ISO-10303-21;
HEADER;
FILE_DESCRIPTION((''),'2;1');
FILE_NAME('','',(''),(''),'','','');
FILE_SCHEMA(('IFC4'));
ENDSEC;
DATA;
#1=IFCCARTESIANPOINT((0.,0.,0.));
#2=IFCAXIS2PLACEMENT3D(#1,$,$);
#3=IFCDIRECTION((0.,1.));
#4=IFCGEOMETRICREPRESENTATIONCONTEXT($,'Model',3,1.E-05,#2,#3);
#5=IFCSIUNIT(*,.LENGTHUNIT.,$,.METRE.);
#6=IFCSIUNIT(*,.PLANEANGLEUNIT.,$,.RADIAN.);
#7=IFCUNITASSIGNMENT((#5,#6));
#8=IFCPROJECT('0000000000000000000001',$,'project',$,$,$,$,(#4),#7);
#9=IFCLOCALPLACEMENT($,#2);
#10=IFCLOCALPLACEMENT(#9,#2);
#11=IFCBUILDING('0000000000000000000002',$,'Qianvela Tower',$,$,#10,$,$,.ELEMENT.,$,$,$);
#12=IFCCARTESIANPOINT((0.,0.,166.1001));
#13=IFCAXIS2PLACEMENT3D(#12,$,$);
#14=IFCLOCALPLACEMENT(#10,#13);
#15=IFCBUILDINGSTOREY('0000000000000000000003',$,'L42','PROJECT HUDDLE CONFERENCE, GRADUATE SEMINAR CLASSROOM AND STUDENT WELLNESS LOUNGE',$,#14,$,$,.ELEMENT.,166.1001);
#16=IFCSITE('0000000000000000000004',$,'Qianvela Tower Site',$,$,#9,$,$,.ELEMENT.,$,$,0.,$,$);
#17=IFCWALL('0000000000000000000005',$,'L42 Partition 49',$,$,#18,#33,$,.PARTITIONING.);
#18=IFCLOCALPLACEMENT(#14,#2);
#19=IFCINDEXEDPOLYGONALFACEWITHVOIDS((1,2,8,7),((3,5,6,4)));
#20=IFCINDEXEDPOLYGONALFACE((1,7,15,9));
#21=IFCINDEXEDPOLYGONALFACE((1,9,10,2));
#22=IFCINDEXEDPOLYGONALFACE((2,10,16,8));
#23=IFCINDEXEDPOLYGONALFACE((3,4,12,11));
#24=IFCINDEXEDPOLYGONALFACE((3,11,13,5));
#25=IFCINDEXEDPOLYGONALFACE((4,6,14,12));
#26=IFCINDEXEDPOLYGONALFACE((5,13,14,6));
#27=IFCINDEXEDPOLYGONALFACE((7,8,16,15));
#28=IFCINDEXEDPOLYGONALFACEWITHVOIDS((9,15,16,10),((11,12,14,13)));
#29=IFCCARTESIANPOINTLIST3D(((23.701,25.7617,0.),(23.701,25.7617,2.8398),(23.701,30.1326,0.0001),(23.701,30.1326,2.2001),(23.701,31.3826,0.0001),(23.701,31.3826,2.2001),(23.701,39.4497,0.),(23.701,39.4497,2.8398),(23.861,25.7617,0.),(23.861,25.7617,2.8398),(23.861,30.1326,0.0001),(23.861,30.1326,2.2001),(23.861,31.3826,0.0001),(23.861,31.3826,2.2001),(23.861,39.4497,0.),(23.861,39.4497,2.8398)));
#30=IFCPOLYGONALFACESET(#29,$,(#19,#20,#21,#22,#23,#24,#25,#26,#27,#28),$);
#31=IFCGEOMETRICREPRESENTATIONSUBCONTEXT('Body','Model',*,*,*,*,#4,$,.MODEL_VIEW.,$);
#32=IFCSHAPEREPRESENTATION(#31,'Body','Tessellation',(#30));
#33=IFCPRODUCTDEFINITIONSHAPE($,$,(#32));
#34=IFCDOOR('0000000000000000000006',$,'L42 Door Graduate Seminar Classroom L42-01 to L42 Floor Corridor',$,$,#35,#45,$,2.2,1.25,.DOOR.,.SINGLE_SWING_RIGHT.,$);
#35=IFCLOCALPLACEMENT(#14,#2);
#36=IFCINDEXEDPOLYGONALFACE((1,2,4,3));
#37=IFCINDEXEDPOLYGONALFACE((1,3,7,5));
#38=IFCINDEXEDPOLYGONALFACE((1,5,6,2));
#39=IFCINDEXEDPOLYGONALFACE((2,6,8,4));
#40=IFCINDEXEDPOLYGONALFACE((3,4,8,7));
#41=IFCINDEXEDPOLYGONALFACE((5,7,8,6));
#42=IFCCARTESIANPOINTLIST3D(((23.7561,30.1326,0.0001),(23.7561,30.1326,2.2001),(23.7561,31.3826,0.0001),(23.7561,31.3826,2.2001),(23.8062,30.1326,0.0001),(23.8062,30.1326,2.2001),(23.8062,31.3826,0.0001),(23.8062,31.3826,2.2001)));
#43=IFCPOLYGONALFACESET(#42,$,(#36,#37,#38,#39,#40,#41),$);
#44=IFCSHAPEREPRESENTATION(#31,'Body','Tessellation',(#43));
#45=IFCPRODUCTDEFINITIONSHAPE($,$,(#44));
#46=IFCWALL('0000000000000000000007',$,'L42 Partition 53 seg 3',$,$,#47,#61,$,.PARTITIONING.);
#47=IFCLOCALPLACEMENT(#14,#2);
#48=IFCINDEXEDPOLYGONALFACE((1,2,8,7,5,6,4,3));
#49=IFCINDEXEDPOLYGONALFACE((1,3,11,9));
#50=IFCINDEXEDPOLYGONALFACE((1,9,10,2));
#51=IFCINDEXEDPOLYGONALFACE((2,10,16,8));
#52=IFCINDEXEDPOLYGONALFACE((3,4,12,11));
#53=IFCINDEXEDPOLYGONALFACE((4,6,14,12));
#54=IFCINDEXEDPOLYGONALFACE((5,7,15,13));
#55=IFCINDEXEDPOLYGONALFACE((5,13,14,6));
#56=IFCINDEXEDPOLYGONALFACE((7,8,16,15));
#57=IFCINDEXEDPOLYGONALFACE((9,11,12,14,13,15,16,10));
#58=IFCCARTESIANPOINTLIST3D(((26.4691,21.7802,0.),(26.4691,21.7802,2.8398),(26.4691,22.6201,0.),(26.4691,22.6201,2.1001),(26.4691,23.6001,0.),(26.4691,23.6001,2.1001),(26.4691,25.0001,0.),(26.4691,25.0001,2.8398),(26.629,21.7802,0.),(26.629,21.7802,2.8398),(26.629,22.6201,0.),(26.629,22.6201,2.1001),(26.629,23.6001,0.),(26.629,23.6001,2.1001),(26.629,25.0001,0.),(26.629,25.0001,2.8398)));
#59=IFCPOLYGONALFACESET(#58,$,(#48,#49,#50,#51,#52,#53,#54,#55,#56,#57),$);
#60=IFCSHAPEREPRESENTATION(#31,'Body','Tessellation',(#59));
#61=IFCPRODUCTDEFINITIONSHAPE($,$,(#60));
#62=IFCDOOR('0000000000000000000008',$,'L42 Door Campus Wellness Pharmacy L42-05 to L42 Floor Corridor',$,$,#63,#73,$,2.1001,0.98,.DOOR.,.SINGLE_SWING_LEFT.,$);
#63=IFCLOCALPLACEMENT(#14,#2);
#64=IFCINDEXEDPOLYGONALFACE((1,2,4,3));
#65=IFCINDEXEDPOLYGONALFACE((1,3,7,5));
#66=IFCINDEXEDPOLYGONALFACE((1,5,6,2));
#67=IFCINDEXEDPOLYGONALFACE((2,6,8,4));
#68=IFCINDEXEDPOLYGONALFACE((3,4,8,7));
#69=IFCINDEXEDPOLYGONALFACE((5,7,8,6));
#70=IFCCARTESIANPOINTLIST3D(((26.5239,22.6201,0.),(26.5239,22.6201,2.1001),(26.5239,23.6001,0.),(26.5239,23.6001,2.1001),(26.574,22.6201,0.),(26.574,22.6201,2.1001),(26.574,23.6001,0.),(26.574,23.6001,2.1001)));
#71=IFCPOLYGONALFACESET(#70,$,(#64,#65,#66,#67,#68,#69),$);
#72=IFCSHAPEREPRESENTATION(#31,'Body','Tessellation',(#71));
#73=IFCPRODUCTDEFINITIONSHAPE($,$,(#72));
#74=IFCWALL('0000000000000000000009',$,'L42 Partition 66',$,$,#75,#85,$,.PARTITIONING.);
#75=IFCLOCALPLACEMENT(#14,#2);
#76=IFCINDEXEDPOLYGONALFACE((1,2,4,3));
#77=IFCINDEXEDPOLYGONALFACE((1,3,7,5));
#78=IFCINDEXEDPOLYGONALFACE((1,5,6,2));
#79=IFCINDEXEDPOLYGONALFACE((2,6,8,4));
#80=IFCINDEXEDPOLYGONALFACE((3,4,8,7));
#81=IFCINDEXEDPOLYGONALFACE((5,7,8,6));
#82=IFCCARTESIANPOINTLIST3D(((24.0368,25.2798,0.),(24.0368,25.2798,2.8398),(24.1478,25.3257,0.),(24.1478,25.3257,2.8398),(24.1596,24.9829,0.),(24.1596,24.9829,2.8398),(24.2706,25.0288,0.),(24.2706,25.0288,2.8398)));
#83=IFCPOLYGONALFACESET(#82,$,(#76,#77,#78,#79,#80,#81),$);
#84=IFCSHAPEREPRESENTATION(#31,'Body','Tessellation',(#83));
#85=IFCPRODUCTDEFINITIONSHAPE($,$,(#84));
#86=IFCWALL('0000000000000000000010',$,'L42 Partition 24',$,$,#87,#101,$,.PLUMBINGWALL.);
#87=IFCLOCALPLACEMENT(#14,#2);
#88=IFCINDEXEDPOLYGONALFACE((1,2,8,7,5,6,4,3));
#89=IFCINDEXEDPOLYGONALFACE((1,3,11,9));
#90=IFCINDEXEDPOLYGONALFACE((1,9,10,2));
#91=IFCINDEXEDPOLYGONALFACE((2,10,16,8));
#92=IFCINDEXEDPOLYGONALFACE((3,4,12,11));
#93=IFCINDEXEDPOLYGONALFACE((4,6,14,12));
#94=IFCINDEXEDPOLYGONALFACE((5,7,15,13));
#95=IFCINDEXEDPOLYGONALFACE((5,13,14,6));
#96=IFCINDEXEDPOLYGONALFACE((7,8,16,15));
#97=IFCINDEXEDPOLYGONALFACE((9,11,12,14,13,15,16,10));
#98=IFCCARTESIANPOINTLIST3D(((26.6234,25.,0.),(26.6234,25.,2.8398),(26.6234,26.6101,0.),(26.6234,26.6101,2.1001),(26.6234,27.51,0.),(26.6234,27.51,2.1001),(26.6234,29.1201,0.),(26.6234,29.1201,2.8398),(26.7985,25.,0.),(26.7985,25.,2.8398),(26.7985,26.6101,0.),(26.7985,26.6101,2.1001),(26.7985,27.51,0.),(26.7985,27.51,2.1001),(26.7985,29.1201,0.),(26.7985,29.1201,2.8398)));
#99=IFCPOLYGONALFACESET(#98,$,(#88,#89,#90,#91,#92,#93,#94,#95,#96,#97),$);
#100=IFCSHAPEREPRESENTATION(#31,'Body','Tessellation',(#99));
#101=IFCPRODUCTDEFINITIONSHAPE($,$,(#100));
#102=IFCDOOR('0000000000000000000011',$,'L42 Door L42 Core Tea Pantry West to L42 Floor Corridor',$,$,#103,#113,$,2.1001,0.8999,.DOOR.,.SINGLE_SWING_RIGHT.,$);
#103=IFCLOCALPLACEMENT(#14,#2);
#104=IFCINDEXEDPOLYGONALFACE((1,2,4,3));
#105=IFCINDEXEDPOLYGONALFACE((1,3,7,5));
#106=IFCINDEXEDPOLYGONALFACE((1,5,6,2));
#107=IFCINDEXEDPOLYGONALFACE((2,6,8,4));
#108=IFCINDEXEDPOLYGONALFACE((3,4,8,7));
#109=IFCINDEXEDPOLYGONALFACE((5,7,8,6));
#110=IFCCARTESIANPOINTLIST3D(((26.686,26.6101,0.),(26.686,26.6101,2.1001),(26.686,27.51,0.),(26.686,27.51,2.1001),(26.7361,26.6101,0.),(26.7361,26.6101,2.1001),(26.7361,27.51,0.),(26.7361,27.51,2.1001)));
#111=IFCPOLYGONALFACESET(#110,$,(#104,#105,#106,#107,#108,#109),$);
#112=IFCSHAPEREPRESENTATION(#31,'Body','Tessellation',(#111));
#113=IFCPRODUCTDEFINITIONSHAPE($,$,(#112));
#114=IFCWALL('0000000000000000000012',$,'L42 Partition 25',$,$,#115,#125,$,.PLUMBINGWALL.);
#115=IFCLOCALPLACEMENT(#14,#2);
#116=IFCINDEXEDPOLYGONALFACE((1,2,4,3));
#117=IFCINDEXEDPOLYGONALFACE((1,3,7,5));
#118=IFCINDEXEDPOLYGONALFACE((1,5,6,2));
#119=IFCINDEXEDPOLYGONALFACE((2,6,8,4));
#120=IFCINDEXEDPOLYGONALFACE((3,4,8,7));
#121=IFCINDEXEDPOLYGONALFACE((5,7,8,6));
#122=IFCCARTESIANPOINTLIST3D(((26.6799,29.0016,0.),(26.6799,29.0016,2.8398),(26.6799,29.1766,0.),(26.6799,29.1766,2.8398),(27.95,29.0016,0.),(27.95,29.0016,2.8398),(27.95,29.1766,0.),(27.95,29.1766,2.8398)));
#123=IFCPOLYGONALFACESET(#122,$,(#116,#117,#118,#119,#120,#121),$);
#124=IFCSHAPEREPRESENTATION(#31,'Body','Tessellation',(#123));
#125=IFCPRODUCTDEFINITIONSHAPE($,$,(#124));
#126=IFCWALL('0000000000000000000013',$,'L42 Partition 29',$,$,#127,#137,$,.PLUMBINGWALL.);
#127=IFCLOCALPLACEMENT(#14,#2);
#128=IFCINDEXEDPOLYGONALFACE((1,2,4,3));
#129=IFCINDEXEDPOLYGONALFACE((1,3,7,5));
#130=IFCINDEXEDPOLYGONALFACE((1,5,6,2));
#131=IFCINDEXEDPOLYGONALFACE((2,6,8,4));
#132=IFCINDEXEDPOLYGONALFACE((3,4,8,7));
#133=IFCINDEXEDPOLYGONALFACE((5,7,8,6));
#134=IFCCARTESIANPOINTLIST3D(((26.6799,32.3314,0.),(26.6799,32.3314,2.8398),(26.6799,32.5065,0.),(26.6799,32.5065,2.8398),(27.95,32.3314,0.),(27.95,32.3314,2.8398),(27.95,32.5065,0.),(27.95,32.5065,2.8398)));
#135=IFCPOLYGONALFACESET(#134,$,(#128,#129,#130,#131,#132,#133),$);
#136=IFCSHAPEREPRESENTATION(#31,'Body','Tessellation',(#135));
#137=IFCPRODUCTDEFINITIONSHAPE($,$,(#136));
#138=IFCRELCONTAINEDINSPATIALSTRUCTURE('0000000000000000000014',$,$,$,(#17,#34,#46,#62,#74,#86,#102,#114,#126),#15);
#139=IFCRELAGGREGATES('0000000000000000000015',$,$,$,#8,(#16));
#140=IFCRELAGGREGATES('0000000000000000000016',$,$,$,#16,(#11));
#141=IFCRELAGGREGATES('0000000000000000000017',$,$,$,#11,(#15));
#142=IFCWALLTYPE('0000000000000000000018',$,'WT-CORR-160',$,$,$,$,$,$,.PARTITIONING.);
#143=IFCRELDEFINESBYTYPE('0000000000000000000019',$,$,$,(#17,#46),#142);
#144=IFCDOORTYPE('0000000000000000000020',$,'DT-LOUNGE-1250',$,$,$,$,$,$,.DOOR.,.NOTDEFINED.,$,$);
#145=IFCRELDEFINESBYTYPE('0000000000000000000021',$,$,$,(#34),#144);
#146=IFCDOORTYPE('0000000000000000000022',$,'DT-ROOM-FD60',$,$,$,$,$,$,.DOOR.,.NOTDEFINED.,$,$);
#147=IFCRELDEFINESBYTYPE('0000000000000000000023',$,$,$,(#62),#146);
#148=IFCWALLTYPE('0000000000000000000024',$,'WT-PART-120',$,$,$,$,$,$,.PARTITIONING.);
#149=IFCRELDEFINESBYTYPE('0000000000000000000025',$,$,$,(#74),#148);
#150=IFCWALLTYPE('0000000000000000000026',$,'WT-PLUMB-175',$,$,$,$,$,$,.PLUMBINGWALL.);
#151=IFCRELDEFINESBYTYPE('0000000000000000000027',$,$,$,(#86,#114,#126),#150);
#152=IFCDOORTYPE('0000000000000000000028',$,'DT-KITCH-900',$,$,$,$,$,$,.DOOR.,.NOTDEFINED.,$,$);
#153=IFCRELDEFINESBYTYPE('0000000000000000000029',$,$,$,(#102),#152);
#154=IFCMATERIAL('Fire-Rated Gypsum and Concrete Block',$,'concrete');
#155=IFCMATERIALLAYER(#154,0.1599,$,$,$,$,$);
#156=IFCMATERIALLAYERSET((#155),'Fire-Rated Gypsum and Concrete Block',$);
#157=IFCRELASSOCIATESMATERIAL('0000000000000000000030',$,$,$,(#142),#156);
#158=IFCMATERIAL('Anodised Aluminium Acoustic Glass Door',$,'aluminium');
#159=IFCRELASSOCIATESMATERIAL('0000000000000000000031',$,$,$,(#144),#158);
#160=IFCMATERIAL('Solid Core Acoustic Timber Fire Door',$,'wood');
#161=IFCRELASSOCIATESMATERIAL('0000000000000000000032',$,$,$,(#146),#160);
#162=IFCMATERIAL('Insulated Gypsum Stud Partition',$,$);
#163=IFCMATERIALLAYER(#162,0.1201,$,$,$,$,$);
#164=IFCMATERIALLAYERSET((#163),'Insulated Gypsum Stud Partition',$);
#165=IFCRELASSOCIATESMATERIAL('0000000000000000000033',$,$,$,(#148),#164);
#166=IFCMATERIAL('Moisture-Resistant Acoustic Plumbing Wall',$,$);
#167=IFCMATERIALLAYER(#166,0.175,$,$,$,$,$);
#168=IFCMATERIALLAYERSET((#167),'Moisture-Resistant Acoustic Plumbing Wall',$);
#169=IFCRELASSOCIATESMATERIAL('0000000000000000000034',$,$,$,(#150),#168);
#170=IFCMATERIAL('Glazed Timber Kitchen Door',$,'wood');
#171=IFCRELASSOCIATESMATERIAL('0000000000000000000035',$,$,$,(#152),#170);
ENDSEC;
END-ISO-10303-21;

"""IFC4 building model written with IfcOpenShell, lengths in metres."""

from ifc_helpers import new_model, si_unit, direction, frame, frame_2d, origin, place, context, subcontext, project, spatial, rectangle, extrude, material, layer, layer_set, type_object, element, fill, save


model = new_model("IFC4")

# Units and contexts
model_context = context("Model", 3, precision=1e-05, world=origin(), true_north=direction((0.0, 1.0)))
body_context = subcontext(model_context, "Body", "Model", "MODEL_VIEW")
ifc_project = project(units=[si_unit("LENGTHUNIT", "METRE"), si_unit("PLANEANGLEUNIT", "RADIAN")], contexts=[model_context])

# Site, building, storey
site_placement = place(None, origin())
site = spatial("IfcSite", under=ifc_project, at=site_placement, Name="Qianvela Tower Site", CompositionType="ELEMENT", RefElevation=0.0)
building_placement = place(site_placement, origin())
building = spatial("IfcBuilding", under=site, at=building_placement, Name="Qianvela Tower", CompositionType="ELEMENT")
storey_placement = place(building_placement, frame((0.0, 0.0, 166.1001)))
storey = spatial("IfcBuildingStorey", under=building, at=storey_placement, Name="L42", Description="PROJECT HUDDLE CONFERENCE, GRADUATE SEMINAR CLASSROOM AND STUDENT WELLNESS LOUNGE", CompositionType="ELEMENT", Elevation=166.1001)

# Shared definitions
ifc_material_1 = material(Name="Fire-Rated Gypsum and Concrete Block", Category="concrete")
ifc_layer_1 = layer(ifc_material_1, 0.1599)
ifc_layer_set_1 = layer_set([ifc_layer_1], Name="Fire-Rated Gypsum and Concrete Block")
wall_type_1 = type_object("IfcWallType", Name="WT-CORR-160", PredefinedType="PARTITIONING", material=ifc_layer_set_1)

# Walls, openings, doors
wall_1_placement = place(storey_placement, frame((23.781, 25.7617, 0.0), z_axis=(0.0, 0.0, 1.0), x_axis=(0.0, 1.0, 0.0)))
wall_1 = element("IfcWall", 1, at=wall_1_placement, inside=storey, type_object=wall_type_1, Name="L42 Partition 49", PredefinedType="PARTITIONING", context=body_context, shape_type="SweptSolid", body=[
    extrude(rectangle(XDim=13.688, YDim=0.1599, at=frame_2d((6.844, 0.0))), origin(), (0.0, 0.0, 1.0), 2.8398),
])
opening_1_placement = place(wall_1_placement, frame((4.3708, 0.0, 0.0)))
opening_1 = element("IfcOpeningElement", 2, at=opening_1_placement, cuts=wall_1, PredefinedType="OPENING", context=body_context, shape_type="SweptSolid", body=[
    extrude(rectangle(XDim=1.25, YDim=2.2, at=frame_2d((0.625, 1.1001))), frame((0.0, 0.0898, 0.0), z_axis=(0.0, -1.0, 0.0), x_axis=(1.0, 0.0, 0.0)), (0.0, 0.0, 1.0), 0.1799),
])
ifc_material_2 = material(Name="Anodised Aluminium Acoustic Glass Door", Category="aluminium")
door_type_1 = type_object("IfcDoorType", Name="DT-LOUNGE-1250", OperationType="NOTDEFINED", PredefinedType="DOOR", material=ifc_material_2)
door_1_placement = place(opening_1_placement, origin())
door_1 = element("IfcDoor", 3, at=door_1_placement, inside=storey, type_object=door_type_1, Name="L42 Door Graduate Seminar Classroom L42-01 to L42 Floor Corridor", OperationType="SINGLE_SWING_RIGHT", OverallHeight=2.2, OverallWidth=1.25, PredefinedType="DOOR", context=body_context, shape_type="SweptSolid", body=[
    extrude(rectangle(XDim=1.25, YDim=2.2, at=frame_2d((0.625, 1.1001))), frame((0.0, 0.0249, 0.0), z_axis=(0.0, -1.0, 0.0), x_axis=(1.0, 0.0, 0.0)), (0.0, 0.0, 1.0), 0.05),
])
fill(opening_1, door_1)
wall_2_placement = place(storey_placement, frame((26.5491, 25.0, 0.0), z_axis=(0.0, 0.0, 1.0), x_axis=(0.0, -1.0, 0.0)))
wall_2 = element("IfcWall", 4, at=wall_2_placement, inside=storey, type_object=wall_type_1, Name="L42 Partition 53 seg 3", PredefinedType="PARTITIONING", context=body_context, shape_type="SweptSolid", body=[
    extrude(rectangle(XDim=3.22, YDim=0.1599, at=frame_2d((1.6099, 0.0))), origin(), (0.0, 0.0, 1.0), 2.8398),
])
opening_2_placement = place(wall_2_placement, frame((1.3999, 0.0, 0.0)))
opening_2 = element("IfcOpeningElement", 5, at=opening_2_placement, cuts=wall_2, PredefinedType="OPENING", context=body_context, shape_type="SweptSolid", body=[
    extrude(rectangle(XDim=0.98, YDim=2.1001, at=frame_2d((0.49, 1.05))), frame((0.0, 0.0898, 0.0), z_axis=(0.0, -1.0, 0.0), x_axis=(1.0, 0.0, 0.0)), (0.0, 0.0, 1.0), 0.1799),
])
ifc_material_3 = material(Name="Solid Core Acoustic Timber Fire Door", Category="wood")
door_type_2 = type_object("IfcDoorType", Name="DT-ROOM-FD60", OperationType="NOTDEFINED", PredefinedType="DOOR", material=ifc_material_3)
door_2_placement = place(opening_2_placement, origin())
door_2 = element("IfcDoor", 6, at=door_2_placement, inside=storey, type_object=door_type_2, Name="L42 Door Campus Wellness Pharmacy L42-05 to L42 Floor Corridor", OperationType="SINGLE_SWING_LEFT", OverallHeight=2.1001, OverallWidth=0.98, PredefinedType="DOOR", context=body_context, shape_type="SweptSolid", body=[
    extrude(rectangle(XDim=0.98, YDim=2.1001, at=frame_2d((0.49, 1.05))), frame((0.0, 0.0249, 0.0), z_axis=(0.0, -1.0, 0.0), x_axis=(1.0, 0.0, 0.0)), (0.0, 0.0, 1.0), 0.05),
])
fill(opening_2, door_2)

# Wall
ifc_material_4 = material(Name="Insulated Gypsum Stud Partition")
ifc_layer_2 = layer(ifc_material_4, 0.1201)
ifc_layer_set_2 = layer_set([ifc_layer_2], Name="Insulated Gypsum Stud Partition")
wall_type_2 = type_object("IfcWallType", Name="WT-PART-120", PredefinedType="PARTITIONING", material=ifc_layer_set_2)
wall_3_placement = place(storey_placement, frame((24.0923, 25.3027, 0.0), z_axis=(0.0, 0.0, 1.0), x_axis=(0.38224, -0.924063, 0.0)))
element("IfcWall", 7, at=wall_3_placement, inside=storey, type_object=wall_type_2, Name="L42 Partition 66", PredefinedType="PARTITIONING", context=body_context, shape_type="SweptSolid", body=[
    extrude(rectangle(XDim=0.3213, YDim=0.1201, at=frame_2d((0.1606, 0.0))), origin(), (0.0, 0.0, 1.0), 2.8398),
])

# Wall, opening, door
ifc_material_5 = material(Name="Moisture-Resistant Acoustic Plumbing Wall")
ifc_layer_3 = layer(ifc_material_5, 0.175)
ifc_layer_set_3 = layer_set([ifc_layer_3], Name="Moisture-Resistant Acoustic Plumbing Wall")
wall_type_3 = type_object("IfcWallType", Name="WT-PLUMB-175", PredefinedType="PLUMBINGWALL", material=ifc_layer_set_3)
wall_4_placement = place(storey_placement, frame((26.7109, 25.0, 0.0), z_axis=(0.0, 0.0, 1.0), x_axis=(0.0, 1.0, 0.0)))
wall_4 = element("IfcWall", 8, at=wall_4_placement, inside=storey, type_object=wall_type_3, Name="L42 Partition 24", PredefinedType="PLUMBINGWALL", context=body_context, shape_type="SweptSolid", body=[
    extrude(rectangle(XDim=4.1201, YDim=0.175, at=frame_2d((2.0601, 0.0))), origin(), (0.0, 0.0, 1.0), 2.8398),
])
opening_3_placement = place(wall_4_placement, frame((1.6101, 0.0, 0.0)))
opening_3 = element("IfcOpeningElement", 9, at=opening_3_placement, cuts=wall_4, PredefinedType="OPENING", context=body_context, shape_type="SweptSolid", body=[
    extrude(rectangle(XDim=0.8999, YDim=2.1001, at=frame_2d((0.45, 1.05))), frame((0.0, 0.0974, 0.0), z_axis=(0.0, -1.0, 0.0), x_axis=(1.0, 0.0, 0.0)), (0.0, 0.0, 1.0), 0.1951),
])
ifc_material_6 = material(Name="Glazed Timber Kitchen Door", Category="wood")
door_type_3 = type_object("IfcDoorType", Name="DT-KITCH-900", OperationType="NOTDEFINED", PredefinedType="DOOR", material=ifc_material_6)
door_3_placement = place(opening_3_placement, origin())
door_3 = element("IfcDoor", 10, at=door_3_placement, inside=storey, type_object=door_type_3, Name="L42 Door L42 Core Tea Pantry West to L42 Floor Corridor", OperationType="SINGLE_SWING_RIGHT", OverallHeight=2.1001, OverallWidth=0.8999, PredefinedType="DOOR", context=body_context, shape_type="SweptSolid", body=[
    extrude(rectangle(XDim=0.8999, YDim=2.1001, at=frame_2d((0.45, 1.05))), frame((0.0, 0.0249, 0.0), z_axis=(0.0, -1.0, 0.0), x_axis=(1.0, 0.0, 0.0)), (0.0, 0.0, 1.0), 0.05),
])
fill(opening_3, door_3)

# Walls
for number, where, z_axis, x_axis, name in (
    (11, (26.6799, 29.0891, 0.0), (0.0, 0.0, 1.0), (1.0, 0.0, 0.0), "L42 Partition 25"),
    (12, (26.6799, 32.4189, 0.0), (0.0, 0.0, 1.0), (1.0, 0.0, 0.0), "L42 Partition 29"),
):
    element("IfcWall", number, at=place(storey_placement, frame(where, z_axis=z_axis, x_axis=x_axis)), inside=storey, type_object=wall_type_3, Name=name, PredefinedType="PLUMBINGWALL", context=body_context, shape_type="SweptSolid", body=[
        extrude(rectangle(XDim=1.27, YDim=0.175, at=frame_2d((0.635, 0.0))), origin(), (0.0, 0.0, 1.0), 2.8398),
    ])

save(model, "model.ifc")
